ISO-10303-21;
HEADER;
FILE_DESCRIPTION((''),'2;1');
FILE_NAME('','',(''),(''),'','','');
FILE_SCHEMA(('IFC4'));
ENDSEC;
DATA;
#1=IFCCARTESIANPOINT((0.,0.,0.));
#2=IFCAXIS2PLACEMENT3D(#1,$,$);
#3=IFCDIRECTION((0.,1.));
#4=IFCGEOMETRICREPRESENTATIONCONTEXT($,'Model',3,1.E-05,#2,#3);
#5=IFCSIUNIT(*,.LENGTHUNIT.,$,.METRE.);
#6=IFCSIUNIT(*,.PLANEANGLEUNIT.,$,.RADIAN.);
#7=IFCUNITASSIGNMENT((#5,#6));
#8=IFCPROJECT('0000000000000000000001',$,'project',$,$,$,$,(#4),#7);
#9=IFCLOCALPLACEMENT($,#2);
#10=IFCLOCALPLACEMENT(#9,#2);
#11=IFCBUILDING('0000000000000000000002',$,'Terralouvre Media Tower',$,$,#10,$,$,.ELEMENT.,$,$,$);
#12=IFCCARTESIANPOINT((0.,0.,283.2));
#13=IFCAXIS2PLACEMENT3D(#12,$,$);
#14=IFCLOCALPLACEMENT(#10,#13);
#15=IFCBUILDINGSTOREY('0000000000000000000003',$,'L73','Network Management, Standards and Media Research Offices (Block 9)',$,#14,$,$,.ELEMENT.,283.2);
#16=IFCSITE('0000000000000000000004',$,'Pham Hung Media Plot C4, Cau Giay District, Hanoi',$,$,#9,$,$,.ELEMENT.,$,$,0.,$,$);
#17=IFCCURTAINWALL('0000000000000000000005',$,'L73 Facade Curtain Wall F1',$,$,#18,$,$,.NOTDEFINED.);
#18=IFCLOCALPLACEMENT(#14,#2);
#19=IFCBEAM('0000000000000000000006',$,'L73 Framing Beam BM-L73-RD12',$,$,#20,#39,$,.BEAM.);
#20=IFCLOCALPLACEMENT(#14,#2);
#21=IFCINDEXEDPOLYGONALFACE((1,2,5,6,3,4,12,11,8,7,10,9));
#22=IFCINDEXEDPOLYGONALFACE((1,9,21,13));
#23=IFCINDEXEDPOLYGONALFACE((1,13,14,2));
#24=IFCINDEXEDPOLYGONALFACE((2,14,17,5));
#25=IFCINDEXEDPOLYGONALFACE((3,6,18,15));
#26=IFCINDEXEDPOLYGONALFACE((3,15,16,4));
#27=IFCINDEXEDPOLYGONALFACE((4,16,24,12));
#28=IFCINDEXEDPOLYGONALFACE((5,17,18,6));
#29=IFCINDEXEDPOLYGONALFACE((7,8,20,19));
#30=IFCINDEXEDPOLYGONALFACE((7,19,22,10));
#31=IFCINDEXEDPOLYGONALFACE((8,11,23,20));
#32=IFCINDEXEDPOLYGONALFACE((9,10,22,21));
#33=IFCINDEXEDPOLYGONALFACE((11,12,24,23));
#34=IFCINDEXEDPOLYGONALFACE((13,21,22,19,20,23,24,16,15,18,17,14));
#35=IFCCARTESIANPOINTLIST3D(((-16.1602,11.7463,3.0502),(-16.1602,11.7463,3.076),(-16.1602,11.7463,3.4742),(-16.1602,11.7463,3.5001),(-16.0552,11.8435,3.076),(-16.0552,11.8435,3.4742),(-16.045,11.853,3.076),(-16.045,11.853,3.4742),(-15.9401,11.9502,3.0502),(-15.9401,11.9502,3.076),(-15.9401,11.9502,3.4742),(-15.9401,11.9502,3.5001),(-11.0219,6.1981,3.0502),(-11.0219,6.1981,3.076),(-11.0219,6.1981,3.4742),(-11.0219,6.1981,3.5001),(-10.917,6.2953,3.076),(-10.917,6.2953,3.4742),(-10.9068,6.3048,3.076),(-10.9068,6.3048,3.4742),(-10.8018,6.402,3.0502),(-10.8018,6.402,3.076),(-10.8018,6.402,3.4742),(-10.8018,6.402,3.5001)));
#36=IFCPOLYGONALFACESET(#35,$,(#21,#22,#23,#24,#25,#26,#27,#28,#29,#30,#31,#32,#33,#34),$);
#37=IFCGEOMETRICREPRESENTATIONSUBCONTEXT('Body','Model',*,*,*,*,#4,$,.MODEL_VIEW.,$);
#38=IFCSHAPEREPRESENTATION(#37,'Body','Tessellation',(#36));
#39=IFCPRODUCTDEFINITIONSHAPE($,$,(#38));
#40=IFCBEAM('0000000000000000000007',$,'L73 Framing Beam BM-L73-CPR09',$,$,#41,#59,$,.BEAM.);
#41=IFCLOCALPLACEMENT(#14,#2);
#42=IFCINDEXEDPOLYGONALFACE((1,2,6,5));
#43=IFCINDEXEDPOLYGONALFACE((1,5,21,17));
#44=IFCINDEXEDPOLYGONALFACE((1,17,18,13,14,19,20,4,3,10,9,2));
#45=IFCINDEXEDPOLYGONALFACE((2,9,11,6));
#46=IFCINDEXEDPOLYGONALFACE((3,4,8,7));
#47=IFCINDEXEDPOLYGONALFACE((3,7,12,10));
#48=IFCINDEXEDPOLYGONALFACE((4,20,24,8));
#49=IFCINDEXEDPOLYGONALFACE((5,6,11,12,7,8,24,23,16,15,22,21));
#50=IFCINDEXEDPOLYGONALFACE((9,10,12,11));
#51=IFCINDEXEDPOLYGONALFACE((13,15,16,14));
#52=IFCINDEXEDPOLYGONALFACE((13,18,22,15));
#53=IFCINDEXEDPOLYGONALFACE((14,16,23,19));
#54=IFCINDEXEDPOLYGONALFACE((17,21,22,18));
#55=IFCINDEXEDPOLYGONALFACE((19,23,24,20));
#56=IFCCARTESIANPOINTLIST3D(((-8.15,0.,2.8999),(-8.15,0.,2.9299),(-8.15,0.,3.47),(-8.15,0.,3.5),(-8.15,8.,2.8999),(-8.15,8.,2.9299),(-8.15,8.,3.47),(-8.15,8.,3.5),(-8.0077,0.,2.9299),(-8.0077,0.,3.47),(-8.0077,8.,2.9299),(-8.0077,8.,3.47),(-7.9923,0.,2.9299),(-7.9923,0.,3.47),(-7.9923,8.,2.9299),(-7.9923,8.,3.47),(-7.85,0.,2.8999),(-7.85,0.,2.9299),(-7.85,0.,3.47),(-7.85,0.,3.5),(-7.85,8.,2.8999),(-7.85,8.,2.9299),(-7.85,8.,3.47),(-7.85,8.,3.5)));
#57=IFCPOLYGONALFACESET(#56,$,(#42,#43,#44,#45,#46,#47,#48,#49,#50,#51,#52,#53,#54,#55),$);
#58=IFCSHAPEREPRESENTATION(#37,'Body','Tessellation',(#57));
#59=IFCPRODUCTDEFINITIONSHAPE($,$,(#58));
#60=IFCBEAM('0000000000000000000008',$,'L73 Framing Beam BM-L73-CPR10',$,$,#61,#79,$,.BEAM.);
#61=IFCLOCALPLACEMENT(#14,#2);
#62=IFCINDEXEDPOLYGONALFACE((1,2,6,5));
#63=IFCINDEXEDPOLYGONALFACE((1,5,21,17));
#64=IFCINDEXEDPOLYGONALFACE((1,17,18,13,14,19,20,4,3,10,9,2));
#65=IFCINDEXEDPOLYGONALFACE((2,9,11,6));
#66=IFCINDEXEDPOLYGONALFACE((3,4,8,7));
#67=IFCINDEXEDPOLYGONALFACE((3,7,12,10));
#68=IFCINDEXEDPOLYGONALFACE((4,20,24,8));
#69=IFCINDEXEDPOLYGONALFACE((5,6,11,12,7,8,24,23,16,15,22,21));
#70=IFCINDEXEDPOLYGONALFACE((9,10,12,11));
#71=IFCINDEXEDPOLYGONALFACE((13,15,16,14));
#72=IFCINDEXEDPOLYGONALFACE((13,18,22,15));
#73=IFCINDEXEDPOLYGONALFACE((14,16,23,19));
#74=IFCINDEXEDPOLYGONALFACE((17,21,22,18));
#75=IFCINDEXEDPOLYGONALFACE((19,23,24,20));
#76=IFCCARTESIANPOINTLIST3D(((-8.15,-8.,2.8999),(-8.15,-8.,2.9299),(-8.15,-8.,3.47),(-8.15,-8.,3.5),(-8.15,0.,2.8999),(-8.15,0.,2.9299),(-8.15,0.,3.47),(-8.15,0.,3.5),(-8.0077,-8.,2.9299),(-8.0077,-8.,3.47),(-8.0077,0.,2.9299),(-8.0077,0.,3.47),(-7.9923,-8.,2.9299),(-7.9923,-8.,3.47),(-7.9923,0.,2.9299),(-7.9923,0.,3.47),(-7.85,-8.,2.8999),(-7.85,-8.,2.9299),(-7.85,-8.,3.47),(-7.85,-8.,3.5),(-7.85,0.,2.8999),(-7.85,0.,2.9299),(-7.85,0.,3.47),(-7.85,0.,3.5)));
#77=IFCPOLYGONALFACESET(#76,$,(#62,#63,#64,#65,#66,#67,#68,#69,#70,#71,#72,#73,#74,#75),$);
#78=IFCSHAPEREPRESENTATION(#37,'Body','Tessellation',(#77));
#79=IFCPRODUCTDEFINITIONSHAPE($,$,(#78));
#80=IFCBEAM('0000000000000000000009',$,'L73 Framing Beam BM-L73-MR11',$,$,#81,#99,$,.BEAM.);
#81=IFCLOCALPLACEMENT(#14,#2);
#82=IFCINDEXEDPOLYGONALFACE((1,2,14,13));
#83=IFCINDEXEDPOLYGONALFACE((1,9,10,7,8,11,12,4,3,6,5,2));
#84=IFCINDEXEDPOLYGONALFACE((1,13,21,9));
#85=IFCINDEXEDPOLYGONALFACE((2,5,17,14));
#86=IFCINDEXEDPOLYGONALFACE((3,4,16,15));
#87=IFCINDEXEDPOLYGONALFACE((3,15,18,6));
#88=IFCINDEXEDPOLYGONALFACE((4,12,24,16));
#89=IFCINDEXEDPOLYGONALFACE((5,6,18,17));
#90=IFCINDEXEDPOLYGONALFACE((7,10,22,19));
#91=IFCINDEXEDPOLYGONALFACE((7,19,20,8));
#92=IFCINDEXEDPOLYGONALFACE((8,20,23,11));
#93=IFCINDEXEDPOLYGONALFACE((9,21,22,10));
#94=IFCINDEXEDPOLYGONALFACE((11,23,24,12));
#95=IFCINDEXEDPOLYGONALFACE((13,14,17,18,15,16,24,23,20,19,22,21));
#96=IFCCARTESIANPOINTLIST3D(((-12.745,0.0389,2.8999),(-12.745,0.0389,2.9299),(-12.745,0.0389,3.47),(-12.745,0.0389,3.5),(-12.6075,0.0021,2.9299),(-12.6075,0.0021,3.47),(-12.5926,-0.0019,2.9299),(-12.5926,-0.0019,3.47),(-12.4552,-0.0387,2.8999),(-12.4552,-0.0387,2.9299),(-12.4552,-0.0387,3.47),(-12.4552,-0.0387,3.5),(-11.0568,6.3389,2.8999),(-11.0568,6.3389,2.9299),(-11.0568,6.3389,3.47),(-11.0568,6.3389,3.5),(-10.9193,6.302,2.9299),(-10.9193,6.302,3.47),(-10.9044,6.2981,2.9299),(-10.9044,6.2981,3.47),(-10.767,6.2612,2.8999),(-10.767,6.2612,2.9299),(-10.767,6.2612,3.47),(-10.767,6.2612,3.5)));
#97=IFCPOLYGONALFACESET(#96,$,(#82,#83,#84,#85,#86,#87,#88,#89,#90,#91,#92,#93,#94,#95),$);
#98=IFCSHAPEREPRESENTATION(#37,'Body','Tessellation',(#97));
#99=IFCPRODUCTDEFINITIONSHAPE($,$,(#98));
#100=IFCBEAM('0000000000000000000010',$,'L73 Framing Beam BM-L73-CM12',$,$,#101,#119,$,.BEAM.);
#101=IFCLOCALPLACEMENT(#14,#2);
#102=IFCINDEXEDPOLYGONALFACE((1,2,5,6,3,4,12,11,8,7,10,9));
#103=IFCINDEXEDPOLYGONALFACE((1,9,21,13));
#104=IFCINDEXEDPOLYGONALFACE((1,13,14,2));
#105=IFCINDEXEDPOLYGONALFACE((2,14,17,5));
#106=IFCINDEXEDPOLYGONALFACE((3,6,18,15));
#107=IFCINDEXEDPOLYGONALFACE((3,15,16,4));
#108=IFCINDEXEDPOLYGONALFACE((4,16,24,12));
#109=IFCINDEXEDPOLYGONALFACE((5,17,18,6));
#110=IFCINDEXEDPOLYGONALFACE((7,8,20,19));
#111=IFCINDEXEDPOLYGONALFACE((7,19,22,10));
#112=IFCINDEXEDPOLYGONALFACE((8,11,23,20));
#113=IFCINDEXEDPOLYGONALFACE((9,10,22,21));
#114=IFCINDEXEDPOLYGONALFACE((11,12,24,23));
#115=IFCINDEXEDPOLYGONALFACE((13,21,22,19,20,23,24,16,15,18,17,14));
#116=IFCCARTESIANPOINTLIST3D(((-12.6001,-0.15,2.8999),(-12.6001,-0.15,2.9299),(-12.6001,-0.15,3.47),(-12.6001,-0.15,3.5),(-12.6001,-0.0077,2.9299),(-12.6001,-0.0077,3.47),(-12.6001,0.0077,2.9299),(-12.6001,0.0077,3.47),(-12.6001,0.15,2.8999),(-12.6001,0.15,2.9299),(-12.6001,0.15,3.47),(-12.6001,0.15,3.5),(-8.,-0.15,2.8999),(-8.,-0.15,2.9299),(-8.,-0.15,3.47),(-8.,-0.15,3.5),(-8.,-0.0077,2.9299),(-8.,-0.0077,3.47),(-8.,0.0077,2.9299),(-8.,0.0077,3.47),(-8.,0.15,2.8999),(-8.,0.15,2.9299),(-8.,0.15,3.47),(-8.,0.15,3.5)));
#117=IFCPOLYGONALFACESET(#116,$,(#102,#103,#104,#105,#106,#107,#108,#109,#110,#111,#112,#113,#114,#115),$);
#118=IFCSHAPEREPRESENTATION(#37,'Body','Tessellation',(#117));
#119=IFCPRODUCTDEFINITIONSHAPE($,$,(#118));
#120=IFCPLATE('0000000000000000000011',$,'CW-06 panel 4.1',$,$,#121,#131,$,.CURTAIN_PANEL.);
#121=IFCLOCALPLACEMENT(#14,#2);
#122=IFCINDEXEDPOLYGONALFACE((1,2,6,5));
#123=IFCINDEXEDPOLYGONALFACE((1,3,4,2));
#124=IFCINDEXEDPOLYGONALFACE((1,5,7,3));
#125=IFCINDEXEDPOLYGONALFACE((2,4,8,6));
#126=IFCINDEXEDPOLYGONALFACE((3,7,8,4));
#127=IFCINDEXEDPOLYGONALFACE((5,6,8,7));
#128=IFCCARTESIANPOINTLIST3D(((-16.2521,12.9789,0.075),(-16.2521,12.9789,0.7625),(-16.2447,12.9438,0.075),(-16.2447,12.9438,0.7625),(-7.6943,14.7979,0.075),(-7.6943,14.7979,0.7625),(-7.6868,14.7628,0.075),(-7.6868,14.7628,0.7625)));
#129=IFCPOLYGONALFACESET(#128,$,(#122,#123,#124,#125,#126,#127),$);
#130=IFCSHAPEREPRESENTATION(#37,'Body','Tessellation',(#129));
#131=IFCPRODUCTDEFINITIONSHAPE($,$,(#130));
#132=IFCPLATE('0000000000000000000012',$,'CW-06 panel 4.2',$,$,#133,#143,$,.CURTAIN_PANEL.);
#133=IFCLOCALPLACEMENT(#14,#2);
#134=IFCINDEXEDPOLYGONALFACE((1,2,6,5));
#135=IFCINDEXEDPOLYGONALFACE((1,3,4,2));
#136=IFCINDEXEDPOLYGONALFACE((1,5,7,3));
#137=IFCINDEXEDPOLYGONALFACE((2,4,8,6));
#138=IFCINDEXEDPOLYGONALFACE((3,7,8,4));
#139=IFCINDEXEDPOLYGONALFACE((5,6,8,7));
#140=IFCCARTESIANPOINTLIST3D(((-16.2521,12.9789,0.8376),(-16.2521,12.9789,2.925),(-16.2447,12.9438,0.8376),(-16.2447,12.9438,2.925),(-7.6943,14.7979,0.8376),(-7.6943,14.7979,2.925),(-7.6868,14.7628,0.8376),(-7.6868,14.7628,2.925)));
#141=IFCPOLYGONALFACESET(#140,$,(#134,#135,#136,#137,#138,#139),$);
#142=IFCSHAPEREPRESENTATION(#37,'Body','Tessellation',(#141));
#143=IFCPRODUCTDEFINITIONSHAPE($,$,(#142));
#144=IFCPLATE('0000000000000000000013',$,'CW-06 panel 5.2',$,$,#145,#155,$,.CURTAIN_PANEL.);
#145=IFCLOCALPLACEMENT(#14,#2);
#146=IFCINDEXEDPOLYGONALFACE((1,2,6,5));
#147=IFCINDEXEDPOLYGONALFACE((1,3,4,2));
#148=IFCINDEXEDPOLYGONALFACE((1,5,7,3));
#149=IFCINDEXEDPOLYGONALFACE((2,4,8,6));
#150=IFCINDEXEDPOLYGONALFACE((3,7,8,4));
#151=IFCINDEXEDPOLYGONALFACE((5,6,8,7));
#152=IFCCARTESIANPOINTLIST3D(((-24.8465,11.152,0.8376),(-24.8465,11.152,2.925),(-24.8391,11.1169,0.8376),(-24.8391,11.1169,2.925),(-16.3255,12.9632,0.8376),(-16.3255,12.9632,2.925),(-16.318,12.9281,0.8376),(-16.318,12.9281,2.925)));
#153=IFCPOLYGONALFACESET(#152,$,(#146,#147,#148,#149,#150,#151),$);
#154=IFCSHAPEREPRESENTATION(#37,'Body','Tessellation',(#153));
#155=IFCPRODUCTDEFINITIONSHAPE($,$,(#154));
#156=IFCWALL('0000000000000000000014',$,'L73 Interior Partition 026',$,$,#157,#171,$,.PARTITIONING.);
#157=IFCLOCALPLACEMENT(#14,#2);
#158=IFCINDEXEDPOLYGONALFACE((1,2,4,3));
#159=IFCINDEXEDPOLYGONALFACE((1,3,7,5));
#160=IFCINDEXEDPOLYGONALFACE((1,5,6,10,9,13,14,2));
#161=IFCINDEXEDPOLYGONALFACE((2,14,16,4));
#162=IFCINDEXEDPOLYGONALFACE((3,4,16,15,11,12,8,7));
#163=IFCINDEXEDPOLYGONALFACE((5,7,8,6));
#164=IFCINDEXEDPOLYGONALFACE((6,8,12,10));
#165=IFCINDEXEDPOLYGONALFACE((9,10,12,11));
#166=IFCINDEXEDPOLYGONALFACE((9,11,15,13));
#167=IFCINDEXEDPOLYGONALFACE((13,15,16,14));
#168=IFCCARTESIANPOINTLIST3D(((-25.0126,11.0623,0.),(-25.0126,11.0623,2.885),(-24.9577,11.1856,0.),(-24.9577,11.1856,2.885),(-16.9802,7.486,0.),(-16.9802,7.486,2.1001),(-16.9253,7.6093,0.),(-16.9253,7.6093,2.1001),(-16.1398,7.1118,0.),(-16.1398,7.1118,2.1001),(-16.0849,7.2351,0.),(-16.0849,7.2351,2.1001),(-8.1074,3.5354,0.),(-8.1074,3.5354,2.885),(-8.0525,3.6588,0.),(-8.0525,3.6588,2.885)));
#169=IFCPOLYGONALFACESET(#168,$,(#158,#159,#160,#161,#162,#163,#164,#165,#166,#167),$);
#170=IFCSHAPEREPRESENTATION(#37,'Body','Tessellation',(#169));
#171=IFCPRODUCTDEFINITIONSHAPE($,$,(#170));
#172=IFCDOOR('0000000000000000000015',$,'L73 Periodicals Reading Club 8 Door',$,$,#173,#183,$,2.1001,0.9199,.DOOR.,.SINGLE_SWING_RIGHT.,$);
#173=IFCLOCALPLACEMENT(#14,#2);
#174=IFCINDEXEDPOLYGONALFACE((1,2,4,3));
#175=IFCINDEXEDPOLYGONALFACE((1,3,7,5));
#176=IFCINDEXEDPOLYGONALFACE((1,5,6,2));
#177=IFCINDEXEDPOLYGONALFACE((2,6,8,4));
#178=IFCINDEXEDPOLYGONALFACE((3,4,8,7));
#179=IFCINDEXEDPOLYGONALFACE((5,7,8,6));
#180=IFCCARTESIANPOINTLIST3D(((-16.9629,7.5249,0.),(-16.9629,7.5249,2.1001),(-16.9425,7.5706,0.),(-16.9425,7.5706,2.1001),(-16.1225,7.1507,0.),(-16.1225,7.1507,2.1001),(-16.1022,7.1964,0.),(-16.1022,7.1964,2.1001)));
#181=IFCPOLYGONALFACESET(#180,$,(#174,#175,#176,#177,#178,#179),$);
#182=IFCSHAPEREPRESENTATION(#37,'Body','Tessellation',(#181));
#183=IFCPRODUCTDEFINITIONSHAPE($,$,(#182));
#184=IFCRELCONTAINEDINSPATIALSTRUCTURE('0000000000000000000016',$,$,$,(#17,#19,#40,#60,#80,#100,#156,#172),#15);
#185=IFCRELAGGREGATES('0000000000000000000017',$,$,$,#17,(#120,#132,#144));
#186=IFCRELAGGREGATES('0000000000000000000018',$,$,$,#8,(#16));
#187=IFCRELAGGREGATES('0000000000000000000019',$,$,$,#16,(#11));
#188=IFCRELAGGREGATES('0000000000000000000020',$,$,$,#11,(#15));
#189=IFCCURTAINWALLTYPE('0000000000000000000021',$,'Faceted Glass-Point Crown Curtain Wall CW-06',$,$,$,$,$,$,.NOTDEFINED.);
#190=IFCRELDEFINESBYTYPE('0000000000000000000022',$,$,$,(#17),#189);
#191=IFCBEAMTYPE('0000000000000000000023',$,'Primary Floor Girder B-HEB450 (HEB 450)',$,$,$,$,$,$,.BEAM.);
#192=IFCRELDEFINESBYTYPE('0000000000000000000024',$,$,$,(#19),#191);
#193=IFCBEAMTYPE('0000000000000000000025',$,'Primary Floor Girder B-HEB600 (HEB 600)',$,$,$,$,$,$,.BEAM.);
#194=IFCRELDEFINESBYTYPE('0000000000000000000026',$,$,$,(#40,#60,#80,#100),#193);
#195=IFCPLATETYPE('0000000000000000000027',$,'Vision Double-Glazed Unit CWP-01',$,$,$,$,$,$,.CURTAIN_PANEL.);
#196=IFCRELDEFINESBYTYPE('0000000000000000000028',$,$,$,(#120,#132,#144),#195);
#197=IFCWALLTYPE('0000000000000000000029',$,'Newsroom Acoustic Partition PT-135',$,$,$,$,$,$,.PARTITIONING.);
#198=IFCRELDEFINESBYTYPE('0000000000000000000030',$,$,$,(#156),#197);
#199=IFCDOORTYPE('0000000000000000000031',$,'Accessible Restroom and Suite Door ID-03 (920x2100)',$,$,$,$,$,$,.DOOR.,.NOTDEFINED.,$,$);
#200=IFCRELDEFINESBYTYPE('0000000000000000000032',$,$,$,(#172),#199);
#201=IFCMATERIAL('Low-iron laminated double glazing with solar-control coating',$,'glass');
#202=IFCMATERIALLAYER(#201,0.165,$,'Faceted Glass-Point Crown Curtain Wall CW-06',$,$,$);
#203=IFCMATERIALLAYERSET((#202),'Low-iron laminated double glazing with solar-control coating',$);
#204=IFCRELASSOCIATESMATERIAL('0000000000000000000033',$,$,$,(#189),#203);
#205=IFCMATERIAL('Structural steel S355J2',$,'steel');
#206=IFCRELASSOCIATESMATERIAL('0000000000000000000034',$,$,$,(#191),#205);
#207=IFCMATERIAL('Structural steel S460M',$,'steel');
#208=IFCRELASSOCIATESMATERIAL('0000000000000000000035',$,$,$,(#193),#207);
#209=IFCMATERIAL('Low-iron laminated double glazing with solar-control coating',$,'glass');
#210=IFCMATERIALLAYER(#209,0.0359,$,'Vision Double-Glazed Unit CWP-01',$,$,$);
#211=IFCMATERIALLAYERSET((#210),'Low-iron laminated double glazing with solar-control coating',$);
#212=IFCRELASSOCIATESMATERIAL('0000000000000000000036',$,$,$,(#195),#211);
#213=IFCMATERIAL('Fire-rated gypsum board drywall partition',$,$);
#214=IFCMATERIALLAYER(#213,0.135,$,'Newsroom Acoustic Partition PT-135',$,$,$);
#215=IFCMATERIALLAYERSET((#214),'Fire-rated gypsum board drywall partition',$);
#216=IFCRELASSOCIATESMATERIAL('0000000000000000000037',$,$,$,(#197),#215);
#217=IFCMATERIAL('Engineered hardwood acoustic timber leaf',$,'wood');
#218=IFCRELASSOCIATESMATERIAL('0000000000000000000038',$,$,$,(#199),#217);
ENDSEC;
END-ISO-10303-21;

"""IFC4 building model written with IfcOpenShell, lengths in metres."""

from ifc_helpers import new_model, si_unit, direction, frame, frame_2d, origin, origin_2d, place, context, subcontext, project, spatial, rectangle, i_section, extrude, material, layer, layer_set, material_profile, profile_set, type_object, element, fill, aggregate, save


model = new_model("IFC4")

# Units and contexts
model_context = context("Model", 3, precision=1e-05, world=origin(), true_north=direction((0.0, 1.0)))
body_context = subcontext(model_context, "Body", "Model", "MODEL_VIEW")
ifc_project = project(units=[si_unit("LENGTHUNIT", "METRE"), si_unit("PLANEANGLEUNIT", "RADIAN")], contexts=[model_context])

# Site, building, storey
site_placement = place(None, origin())
site = spatial("IfcSite", under=ifc_project, at=site_placement, Name="Pham Hung Media Plot C4, Cau Giay District, Hanoi", CompositionType="ELEMENT", RefElevation=0.0)
building_placement = place(site_placement, origin())
building = spatial("IfcBuilding", under=site, at=building_placement, Name="Terralouvre Media Tower", CompositionType="ELEMENT")
storey_placement = place(building_placement, frame((0.0, 0.0, 283.2)))
storey = spatial("IfcBuildingStorey", under=building, at=storey_placement, Name="L73", Description="Network Management, Standards and Media Research Offices (Block 9)", CompositionType="ELEMENT", Elevation=283.2)

# Curtain wall
ifc_material_1 = material(Name="Low-iron laminated double glazing with solar-control coating", Category="glass")
ifc_layer_1 = layer(ifc_material_1, 0.165, Name="Faceted Glass-Point Crown Curtain Wall CW-06")
ifc_layer_set_1 = layer_set([ifc_layer_1], Name="Low-iron laminated double glazing with solar-control coating")
curtain_wall_type = type_object("IfcCurtainWallType", Name="Faceted Glass-Point Crown Curtain Wall CW-06", PredefinedType="NOTDEFINED", material=ifc_layer_set_1)
curtain_wall_placement = place(storey_placement, origin())
curtain_wall = element("IfcCurtainWall", 1, at=curtain_wall_placement, inside=storey, type_object=curtain_wall_type, Name="L73 Facade Curtain Wall F1", PredefinedType="NOTDEFINED")

# Beams
ifc_material_2 = material(Name="Structural steel S355J2", Category="steel")
ifc_material_profile_1 = material_profile(ifc_material_2, i_section(OverallWidth=0.3, OverallDepth=0.45, WebThickness=0.0139, FlangeThickness=0.0259, at=origin_2d()), Name="HEB 450")
ifc_profile_set_1 = profile_set([ifc_material_profile_1], Name="Structural steel S355J2")
beam_type_1 = type_object("IfcBeamType", Name="Primary Floor Girder B-HEB450 (HEB 450)", PredefinedType="BEAM", material=ifc_profile_set_1)
beam_1_placement = place(storey_placement, frame((-10.9119, 6.3, 3.2751), z_axis=(-0.679483, 0.733691, 0.0), x_axis=(-0.733691, -0.679483, 0.0)))
element("IfcBeam", 2, at=beam_1_placement, inside=storey, type_object=beam_type_1, Name="L73 Framing Beam BM-L73-RD12", PredefinedType="BEAM", context=body_context, shape_type="SweptSolid", body=[
    extrude(i_section(OverallWidth=0.3, OverallDepth=0.45, WebThickness=0.0139, FlangeThickness=0.0259, at=origin_2d()), origin(), (0.0, 0.0, 1.0), 7.562),
])
ifc_material_3 = material(Name="Structural steel S460M", Category="steel")
ifc_material_profile_2 = material_profile(ifc_material_3, i_section(OverallWidth=0.3, OverallDepth=0.6001, WebThickness=0.0154, FlangeThickness=0.03, at=origin_2d()), Name="HEB 600")
ifc_profile_set_2 = profile_set([ifc_material_profile_2], Name="Structural steel S460M")
beam_type_2 = type_object("IfcBeamType", Name="Primary Floor Girder B-HEB600 (HEB 600)", PredefinedType="BEAM", material=ifc_profile_set_2)
for number, where, z_axis, x_axis, name in (
    (3, (-8.0, 8.0, 3.2), (0.0, -1.0, 0.0), (1.0, 0.0, 0.0), "L73 Framing Beam BM-L73-CPR09"),
    (4, (-8.0, 0.0, 3.2), (0.0, -1.0, 0.0), (1.0, 0.0, 0.0), "L73 Framing Beam BM-L73-CPR10"),
):
    element("IfcBeam", number, at=place(storey_placement, frame(where, z_axis=z_axis, x_axis=x_axis)), inside=storey, type_object=beam_type_2, Name=name, PredefinedType="BEAM", context=body_context, shape_type="SweptSolid", body=[
        extrude(i_section(OverallWidth=0.3, OverallDepth=0.6001, WebThickness=0.0154, FlangeThickness=0.03, at=origin_2d()), origin(), (0.0, 0.0, 1.0), 8.0),
    ])
beam_2_placement = place(storey_placement, frame((-10.9119, 6.3, 3.2), z_axis=(-0.258839, -0.96592, 0.0), x_axis=(0.96592, -0.258839, 0.0)))
element("IfcBeam", 5, at=beam_2_placement, inside=storey, type_object=beam_type_2, Name="L73 Framing Beam BM-L73-MR11", PredefinedType="BEAM", context=body_context, shape_type="SweptSolid", body=[
    extrude(i_section(OverallWidth=0.3, OverallDepth=0.6001, WebThickness=0.0154, FlangeThickness=0.03, at=origin_2d()), origin(), (0.0, 0.0, 1.0), 6.5222),
])
beam_3_placement = place(storey_placement, frame((-8.0, 0.0, 3.2), z_axis=(-1.0, 0.0, 0.0), x_axis=(0.0, -1.0, 0.0)))
element("IfcBeam", 6, at=beam_3_placement, inside=storey, type_object=beam_type_2, Name="L73 Framing Beam BM-L73-CM12", PredefinedType="BEAM", context=body_context, shape_type="SweptSolid", body=[
    extrude(i_section(OverallWidth=0.3, OverallDepth=0.6001, WebThickness=0.0154, FlangeThickness=0.03, at=origin_2d()), origin(), (0.0, 0.0, 1.0), 4.6001),
])

# Plates
ifc_material_4 = material(Name="Low-iron laminated double glazing with solar-control coating", Category="glass")
ifc_layer_2 = layer(ifc_material_4, 0.0359, Name="Vision Double-Glazed Unit CWP-01")
ifc_layer_set_2 = layer_set([ifc_layer_2], Name="Low-iron laminated double glazing with solar-control coating")
plate_type = type_object("IfcPlateType", Name="Vision Double-Glazed Unit CWP-01", PredefinedType="CURTAIN_PANEL", material=ifc_layer_set_2)
plate_1_placement = place(storey_placement, frame((-11.9695, 13.8708, 0.075), z_axis=(0.0, 0.0, 1.0), x_axis=(-0.978148, -0.207912, 0.0)))
plate_1 = element("IfcPlate", 7, at=plate_1_placement, type_object=plate_type, Name="CW-06 panel 4.1", PredefinedType="CURTAIN_PANEL", context=body_context, shape_type="SweptSolid", body=[
    extrude(rectangle(XDim=8.749, YDim=0.0359, at=origin_2d()), origin(), (0.0, 0.0, 1.0), 0.6875),
])
plate_2_placement = place(storey_placement, frame((-11.9695, 13.8708, 0.8376), z_axis=(0.0, 0.0, 1.0), x_axis=(-0.978148, -0.207912, 0.0)))
plate_2 = element("IfcPlate", 8, at=plate_2_placement, type_object=plate_type, Name="CW-06 panel 4.2", PredefinedType="CURTAIN_PANEL", context=body_context, shape_type="SweptSolid", body=[
    extrude(rectangle(XDim=8.749, YDim=0.0359, at=origin_2d()), origin(), (0.0, 0.0, 1.0), 2.0874),
])
plate_3_placement = place(storey_placement, frame((-20.5823, 12.04, 0.8376), z_axis=(0.0, 0.0, 1.0), x_axis=(-0.978148, -0.207912, 0.0)))
plate_3 = element("IfcPlate", 9, at=plate_3_placement, type_object=plate_type, Name="CW-06 panel 5.2", PredefinedType="CURTAIN_PANEL", context=body_context, shape_type="SweptSolid", body=[
    extrude(rectangle(XDim=8.7114, YDim=0.0359, at=origin_2d()), origin(), (0.0, 0.0, 1.0), 2.0874),
])
aggregate(curtain_wall, [plate_1, plate_2, plate_3])

# Wall, opening, door
ifc_material_5 = material(Name="Fire-rated gypsum board drywall partition")
ifc_layer_3 = layer(ifc_material_5, 0.135, Name="Newsroom Acoustic Partition PT-135")
ifc_layer_set_3 = layer_set([ifc_layer_3], Name="Fire-rated gypsum board drywall partition")
wall_type = type_object("IfcWallType", Name="Newsroom Acoustic Partition PT-135", PredefinedType="PARTITIONING", material=ifc_layer_set_3)
wall_placement = place(storey_placement, frame((-8.0801, 3.5972, 0.0), z_axis=(0.0, 0.0, 1.0), x_axis=(-0.913543, 0.406743, 0.0)))
wall = element("IfcWall", 10, at=wall_placement, inside=storey, type_object=wall_type, Name="L73 Interior Partition 026", PredefinedType="PARTITIONING", context=body_context, shape_type="SweptSolid", body=[
    extrude(rectangle(XDim=18.5051, YDim=0.135, at=frame_2d((9.2524, 0.0))), origin(), (0.0, 0.0, 1.0), 2.885),
])
opening_placement = place(wall_placement, frame((8.7925, 0.0, 0.0)))
opening = element("IfcOpeningElement", 11, at=opening_placement, cuts=wall, PredefinedType="OPENING", context=body_context, shape_type="SweptSolid", body=[
    extrude(rectangle(XDim=0.9199, YDim=2.1001, at=frame_2d((0.46, 1.05))), frame((0.0, 0.0774, 0.0), z_axis=(0.0, -1.0, 0.0), x_axis=(1.0, 0.0, 0.0)), (0.0, 0.0, 1.0), 0.155),
])
ifc_material_6 = material(Name="Engineered hardwood acoustic timber leaf", Category="wood")
door_type = type_object("IfcDoorType", Name="Accessible Restroom and Suite Door ID-03 (920x2100)", OperationType="NOTDEFINED", PredefinedType="DOOR", material=ifc_material_6)
door_placement = place(opening_placement, origin())
door = element("IfcDoor", 12, at=door_placement, inside=storey, type_object=door_type, Name="L73 Periodicals Reading Club 8 Door", OperationType="SINGLE_SWING_RIGHT", OverallHeight=2.1001, OverallWidth=0.9199, PredefinedType="DOOR", context=body_context, shape_type="SweptSolid", body=[
    extrude(rectangle(XDim=0.9199, YDim=2.1001, at=frame_2d((0.46, 1.05))), frame((0.0, 0.0249, 0.0), z_axis=(0.0, -1.0, 0.0), x_axis=(1.0, 0.0, 0.0)), (0.0, 0.0, 1.0), 0.05),
])
fill(opening, door)

save(model, "model.ifc")
